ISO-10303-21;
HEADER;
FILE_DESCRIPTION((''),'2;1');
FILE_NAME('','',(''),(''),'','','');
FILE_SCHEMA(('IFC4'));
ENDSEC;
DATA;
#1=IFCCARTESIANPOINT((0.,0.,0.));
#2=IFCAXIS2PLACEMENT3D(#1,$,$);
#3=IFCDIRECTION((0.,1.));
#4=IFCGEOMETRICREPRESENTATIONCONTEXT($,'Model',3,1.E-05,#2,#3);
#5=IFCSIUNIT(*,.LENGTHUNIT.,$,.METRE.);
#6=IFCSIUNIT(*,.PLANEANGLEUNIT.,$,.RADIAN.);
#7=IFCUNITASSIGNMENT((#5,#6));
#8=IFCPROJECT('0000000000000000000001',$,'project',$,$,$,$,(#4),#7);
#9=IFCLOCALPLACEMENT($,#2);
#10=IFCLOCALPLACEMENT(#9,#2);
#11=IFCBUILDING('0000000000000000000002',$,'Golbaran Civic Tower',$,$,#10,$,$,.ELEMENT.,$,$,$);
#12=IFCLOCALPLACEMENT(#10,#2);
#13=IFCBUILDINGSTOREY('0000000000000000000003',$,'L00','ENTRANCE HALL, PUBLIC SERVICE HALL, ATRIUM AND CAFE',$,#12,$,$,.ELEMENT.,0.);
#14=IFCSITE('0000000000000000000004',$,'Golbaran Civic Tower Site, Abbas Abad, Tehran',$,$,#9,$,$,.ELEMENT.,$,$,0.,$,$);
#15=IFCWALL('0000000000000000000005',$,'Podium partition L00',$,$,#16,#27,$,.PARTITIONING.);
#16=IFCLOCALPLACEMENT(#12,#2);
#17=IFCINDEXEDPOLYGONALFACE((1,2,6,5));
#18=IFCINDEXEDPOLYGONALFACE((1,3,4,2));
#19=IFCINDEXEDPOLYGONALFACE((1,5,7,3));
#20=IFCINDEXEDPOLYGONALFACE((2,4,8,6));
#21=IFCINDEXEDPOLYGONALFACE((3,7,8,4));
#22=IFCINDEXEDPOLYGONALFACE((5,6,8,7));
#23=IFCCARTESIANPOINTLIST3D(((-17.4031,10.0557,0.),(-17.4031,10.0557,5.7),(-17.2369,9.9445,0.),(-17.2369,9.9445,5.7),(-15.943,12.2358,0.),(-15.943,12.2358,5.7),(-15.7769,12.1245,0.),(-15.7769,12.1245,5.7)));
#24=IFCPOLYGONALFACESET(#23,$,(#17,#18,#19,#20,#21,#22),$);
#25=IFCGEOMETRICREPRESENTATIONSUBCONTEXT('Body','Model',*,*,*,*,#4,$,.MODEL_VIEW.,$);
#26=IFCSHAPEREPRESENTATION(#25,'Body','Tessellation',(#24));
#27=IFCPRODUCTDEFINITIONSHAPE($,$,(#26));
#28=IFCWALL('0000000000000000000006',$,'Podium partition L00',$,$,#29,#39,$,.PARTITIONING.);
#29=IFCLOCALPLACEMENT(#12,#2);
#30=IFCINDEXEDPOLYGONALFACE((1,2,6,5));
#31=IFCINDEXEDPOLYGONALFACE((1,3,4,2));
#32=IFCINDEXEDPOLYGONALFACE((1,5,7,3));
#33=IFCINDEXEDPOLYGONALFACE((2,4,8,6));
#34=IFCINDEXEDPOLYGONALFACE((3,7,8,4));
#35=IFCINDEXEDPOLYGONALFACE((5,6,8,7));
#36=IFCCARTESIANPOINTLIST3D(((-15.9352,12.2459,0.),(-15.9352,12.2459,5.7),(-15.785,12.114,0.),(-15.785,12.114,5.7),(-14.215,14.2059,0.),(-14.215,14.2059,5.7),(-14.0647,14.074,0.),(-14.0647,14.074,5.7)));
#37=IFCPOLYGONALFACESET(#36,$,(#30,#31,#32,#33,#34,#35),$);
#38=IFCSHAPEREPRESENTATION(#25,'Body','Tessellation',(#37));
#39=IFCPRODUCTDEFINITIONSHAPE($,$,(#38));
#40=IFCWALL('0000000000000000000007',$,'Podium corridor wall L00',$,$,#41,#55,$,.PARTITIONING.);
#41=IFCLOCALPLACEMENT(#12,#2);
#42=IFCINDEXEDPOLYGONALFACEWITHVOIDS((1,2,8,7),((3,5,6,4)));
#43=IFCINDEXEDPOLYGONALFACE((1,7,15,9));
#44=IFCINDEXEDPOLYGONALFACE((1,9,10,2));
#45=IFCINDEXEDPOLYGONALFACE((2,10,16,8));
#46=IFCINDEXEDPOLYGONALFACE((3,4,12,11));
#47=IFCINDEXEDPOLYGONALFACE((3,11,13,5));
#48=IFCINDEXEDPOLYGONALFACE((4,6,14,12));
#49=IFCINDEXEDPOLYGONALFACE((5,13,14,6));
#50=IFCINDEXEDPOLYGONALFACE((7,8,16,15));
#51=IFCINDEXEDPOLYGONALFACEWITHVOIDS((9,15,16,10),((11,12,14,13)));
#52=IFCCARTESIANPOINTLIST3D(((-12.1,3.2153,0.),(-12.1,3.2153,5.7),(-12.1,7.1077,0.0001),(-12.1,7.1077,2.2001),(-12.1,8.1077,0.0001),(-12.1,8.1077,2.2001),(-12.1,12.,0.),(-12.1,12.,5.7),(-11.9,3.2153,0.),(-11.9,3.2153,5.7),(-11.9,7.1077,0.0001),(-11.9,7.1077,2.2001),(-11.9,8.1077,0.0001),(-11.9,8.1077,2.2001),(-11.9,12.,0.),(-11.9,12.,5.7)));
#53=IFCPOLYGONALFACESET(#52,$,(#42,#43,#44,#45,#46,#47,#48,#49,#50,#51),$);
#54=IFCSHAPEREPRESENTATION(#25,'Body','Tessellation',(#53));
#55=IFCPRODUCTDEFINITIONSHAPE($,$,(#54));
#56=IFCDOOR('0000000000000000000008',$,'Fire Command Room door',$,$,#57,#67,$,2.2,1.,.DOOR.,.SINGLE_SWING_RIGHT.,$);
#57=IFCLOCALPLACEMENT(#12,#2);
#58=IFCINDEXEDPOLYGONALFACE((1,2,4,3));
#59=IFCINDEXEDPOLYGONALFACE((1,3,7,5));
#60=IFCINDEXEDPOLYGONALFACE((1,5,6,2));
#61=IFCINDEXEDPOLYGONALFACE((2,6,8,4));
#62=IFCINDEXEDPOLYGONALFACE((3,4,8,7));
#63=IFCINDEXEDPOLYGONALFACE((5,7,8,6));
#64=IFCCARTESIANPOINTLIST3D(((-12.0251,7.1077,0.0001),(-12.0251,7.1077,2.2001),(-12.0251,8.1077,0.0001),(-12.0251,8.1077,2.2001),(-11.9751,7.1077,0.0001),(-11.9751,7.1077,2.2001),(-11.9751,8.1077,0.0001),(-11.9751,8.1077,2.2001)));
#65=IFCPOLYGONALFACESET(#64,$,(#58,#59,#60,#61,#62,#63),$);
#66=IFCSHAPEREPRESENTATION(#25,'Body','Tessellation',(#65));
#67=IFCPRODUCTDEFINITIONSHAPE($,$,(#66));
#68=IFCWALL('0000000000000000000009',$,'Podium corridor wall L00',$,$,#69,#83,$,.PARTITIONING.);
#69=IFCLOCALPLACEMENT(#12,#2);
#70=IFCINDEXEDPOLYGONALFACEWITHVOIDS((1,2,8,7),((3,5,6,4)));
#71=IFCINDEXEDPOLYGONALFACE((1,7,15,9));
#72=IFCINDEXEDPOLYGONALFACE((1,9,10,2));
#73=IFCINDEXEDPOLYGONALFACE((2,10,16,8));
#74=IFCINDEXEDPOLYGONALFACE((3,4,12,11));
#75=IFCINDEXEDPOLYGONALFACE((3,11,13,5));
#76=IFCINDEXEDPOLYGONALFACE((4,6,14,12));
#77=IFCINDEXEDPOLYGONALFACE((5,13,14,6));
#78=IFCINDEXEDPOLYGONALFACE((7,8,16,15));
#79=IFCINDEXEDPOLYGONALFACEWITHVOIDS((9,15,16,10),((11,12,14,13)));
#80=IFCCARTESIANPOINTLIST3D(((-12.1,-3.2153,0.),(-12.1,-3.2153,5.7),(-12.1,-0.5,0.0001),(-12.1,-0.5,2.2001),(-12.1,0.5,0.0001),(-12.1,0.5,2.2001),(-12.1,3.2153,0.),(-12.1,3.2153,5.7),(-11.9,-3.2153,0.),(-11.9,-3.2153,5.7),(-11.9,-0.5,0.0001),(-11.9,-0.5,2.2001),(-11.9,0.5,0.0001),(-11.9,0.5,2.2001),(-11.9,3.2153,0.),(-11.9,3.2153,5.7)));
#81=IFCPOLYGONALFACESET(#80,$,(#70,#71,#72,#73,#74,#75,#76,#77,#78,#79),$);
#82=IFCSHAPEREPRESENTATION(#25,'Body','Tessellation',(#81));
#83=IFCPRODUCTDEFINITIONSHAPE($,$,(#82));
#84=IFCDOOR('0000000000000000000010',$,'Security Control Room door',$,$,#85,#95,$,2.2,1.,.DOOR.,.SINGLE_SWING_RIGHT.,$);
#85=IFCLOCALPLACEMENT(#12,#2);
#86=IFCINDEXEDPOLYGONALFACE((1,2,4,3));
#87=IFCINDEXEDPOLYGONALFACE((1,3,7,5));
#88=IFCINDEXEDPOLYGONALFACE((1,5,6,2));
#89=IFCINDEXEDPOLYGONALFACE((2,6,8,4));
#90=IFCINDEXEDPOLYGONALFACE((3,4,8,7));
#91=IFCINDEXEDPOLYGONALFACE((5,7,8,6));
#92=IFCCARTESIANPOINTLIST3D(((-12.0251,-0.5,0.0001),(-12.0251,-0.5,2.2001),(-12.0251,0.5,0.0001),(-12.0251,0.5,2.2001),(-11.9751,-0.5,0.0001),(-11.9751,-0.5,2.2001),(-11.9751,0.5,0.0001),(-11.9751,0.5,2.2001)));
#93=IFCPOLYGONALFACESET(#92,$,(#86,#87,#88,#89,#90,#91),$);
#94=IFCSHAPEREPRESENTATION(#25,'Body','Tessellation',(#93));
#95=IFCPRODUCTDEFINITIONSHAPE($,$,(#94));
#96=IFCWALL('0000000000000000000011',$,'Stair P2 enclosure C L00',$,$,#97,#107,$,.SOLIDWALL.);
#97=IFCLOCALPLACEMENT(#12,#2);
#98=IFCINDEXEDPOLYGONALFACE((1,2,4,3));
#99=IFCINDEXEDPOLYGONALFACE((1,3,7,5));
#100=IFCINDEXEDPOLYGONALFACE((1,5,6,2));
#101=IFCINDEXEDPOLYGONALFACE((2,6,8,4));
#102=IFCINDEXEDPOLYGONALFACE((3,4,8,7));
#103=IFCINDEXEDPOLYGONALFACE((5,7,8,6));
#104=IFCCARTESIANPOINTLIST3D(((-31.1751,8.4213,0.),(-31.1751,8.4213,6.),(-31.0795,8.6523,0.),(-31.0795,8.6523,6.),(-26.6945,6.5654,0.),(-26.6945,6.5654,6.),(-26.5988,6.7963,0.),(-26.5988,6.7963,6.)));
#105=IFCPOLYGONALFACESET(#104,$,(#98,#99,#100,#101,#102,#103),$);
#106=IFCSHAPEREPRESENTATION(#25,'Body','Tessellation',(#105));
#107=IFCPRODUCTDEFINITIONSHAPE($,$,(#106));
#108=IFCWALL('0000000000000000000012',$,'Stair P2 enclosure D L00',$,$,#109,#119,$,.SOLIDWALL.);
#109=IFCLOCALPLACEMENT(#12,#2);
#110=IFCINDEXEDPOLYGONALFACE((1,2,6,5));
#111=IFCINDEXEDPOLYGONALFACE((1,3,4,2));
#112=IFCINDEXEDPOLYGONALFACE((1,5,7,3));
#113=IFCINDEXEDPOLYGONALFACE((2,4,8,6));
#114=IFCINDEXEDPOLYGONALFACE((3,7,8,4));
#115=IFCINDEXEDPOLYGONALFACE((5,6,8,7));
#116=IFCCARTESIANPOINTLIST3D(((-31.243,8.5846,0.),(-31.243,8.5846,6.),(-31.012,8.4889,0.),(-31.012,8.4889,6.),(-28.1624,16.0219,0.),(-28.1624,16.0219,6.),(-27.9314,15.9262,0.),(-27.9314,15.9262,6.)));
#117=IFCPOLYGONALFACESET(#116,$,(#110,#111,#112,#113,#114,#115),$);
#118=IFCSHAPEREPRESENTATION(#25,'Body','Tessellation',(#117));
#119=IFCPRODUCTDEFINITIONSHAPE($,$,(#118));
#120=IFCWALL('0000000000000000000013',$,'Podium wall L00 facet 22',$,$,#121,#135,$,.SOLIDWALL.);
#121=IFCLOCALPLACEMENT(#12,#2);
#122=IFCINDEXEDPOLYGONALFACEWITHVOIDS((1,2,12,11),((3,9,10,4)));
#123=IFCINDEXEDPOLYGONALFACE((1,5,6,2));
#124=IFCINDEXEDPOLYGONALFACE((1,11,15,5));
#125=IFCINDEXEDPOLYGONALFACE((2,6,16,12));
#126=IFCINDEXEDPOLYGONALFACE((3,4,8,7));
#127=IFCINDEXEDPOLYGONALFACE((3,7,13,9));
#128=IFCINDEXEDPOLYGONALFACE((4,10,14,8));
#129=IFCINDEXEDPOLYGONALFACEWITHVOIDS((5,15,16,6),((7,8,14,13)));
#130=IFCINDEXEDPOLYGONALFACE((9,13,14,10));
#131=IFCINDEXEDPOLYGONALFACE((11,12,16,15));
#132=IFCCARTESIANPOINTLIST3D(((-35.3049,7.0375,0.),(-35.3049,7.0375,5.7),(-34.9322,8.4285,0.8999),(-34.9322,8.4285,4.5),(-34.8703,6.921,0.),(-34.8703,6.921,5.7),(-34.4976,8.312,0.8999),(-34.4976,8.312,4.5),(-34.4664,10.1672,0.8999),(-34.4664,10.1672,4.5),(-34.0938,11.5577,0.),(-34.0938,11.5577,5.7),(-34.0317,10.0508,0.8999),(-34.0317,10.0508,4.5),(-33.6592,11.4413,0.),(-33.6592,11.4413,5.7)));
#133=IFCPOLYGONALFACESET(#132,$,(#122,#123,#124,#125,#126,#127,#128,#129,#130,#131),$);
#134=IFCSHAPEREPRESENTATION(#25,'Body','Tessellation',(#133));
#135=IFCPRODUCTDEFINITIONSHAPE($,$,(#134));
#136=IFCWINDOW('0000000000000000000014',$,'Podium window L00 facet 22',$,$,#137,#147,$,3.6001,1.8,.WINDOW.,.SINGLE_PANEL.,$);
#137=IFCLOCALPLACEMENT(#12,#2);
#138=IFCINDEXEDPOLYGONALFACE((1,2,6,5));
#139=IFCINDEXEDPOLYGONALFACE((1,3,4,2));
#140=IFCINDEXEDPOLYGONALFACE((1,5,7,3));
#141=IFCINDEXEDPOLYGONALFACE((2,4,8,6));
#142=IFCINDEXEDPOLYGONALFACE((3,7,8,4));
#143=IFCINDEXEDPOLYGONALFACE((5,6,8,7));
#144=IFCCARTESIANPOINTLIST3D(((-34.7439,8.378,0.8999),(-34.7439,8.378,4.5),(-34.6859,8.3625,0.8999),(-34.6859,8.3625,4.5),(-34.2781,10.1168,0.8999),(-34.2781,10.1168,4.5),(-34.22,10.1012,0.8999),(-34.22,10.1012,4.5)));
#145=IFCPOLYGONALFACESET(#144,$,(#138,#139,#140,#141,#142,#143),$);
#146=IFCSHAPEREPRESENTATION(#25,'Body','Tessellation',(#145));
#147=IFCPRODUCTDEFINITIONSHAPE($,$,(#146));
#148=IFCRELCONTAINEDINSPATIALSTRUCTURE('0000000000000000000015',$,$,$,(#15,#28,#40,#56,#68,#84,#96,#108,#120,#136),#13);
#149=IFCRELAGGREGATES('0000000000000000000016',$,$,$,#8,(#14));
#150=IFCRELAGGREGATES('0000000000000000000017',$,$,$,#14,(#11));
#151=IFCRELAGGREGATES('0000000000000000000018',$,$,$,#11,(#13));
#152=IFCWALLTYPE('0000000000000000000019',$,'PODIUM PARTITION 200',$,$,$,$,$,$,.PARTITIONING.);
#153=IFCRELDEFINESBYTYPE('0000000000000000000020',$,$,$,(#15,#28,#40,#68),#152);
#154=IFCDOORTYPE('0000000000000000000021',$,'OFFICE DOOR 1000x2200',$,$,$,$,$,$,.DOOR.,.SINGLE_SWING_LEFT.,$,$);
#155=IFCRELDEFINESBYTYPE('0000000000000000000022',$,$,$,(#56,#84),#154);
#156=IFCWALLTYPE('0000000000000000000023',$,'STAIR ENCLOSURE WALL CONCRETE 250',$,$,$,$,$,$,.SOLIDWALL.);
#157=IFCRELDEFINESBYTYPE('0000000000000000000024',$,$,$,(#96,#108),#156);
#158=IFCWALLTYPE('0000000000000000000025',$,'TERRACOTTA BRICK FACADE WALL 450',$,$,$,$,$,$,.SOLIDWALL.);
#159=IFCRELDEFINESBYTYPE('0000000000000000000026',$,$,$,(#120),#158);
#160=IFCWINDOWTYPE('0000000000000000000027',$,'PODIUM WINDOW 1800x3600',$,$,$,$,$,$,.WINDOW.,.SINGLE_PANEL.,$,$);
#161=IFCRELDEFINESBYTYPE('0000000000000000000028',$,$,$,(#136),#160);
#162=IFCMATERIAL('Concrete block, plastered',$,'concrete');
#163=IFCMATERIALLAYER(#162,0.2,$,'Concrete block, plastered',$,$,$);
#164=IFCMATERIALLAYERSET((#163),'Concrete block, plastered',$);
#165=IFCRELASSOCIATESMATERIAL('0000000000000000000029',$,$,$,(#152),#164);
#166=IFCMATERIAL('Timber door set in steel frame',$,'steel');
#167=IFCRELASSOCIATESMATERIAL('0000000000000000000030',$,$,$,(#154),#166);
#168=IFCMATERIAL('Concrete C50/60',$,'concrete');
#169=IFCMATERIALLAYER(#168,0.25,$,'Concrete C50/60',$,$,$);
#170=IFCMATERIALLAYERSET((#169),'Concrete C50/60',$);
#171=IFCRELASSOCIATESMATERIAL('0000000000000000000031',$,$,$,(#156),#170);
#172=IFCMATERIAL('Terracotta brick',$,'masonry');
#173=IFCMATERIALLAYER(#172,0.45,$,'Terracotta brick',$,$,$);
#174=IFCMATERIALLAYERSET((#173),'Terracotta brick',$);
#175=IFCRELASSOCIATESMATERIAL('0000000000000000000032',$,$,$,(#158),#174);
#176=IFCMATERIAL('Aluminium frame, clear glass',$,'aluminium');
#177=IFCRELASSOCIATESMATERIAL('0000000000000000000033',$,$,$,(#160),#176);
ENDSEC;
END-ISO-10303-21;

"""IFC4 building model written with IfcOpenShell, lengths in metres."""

from ifc_helpers import new_model, si_unit, direction, frame, frame_2d, origin, place, context, subcontext, project, spatial, rectangle, extrude, material, layer, layer_set, type_object, element, fill, save


model = new_model("IFC4")

# Units and contexts
model_context = context("Model", 3, precision=1e-05, world=origin(), true_north=direction((0.0, 1.0)))
body_context = subcontext(model_context, "Body", "Model", "MODEL_VIEW")
ifc_project = project(units=[si_unit("LENGTHUNIT", "METRE"), si_unit("PLANEANGLEUNIT", "RADIAN")], contexts=[model_context])

# Site, building, storey
site_placement = place(None, origin())
site = spatial("IfcSite", under=ifc_project, at=site_placement, Name="Golbaran Civic Tower Site, Abbas Abad, Tehran", CompositionType="ELEMENT", RefElevation=0.0)
building_placement = place(site_placement, origin())
building = spatial("IfcBuilding", under=site, at=building_placement, Name="Golbaran Civic Tower", CompositionType="ELEMENT")
storey_placement = place(building_placement, origin())
storey = spatial("IfcBuildingStorey", under=building, at=storey_placement, Name="L00", Description="ENTRANCE HALL, PUBLIC SERVICE HALL, ATRIUM AND CAFE", CompositionType="ELEMENT", Elevation=0.0)

# Shared definitions
ifc_material_1 = material(Name="Concrete C50/60", Category="concrete")

# Shared definitions
ifc_material_2 = material(Name="Timber door set in steel frame", Category="steel")

# Walls
ifc_material_3 = material(Name="Concrete block, plastered", Category="concrete")
ifc_layer_1 = layer(ifc_material_3, 0.2, Name="Concrete block, plastered")
ifc_layer_set_1 = layer_set([ifc_layer_1], Name="Concrete block, plastered")
wall_type_1 = type_object("IfcWallType", Name="PODIUM PARTITION 200", PredefinedType="PARTITIONING", material=ifc_layer_set_1)
wall_1_placement = place(storey_placement, frame((-17.3201, 10.0, 0.0), z_axis=(0.0, 0.0, 1.0), x_axis=(0.55646, 0.830875, 0.0)))
element("IfcWall", 1, at=wall_1_placement, inside=storey, type_object=wall_type_1, Name="Podium partition L00", PredefinedType="PARTITIONING", context=body_context, shape_type="SweptSolid", body=[
    extrude(rectangle(XDim=2.6238, YDim=0.2, at=frame_2d((1.312, 0.0))), origin(), (0.0, 0.0, 1.0), 5.7),
])
wall_2_placement = place(storey_placement, frame((-15.8601, 12.1799, 0.0), z_axis=(0.0, 0.0, 1.0), x_axis=(0.659644, 0.751578, 0.0)))
element("IfcWall", 2, at=wall_2_placement, inside=storey, type_object=wall_type_1, Name="Podium partition L00", PredefinedType="PARTITIONING", context=body_context, shape_type="SweptSolid", body=[
    extrude(rectangle(XDim=2.6079, YDim=0.2, at=frame_2d((1.304, 0.0))), origin(), (0.0, 0.0, 1.0), 5.7),
])

# Walls, openings, doors
wall_3_placement = place(storey_placement, frame((-12.0, 12.0, 0.0), z_axis=(0.0, 0.0, 1.0), x_axis=(0.0, -1.0, 0.0)))
wall_3 = element("IfcWall", 3, at=wall_3_placement, inside=storey, type_object=wall_type_1, Name="Podium corridor wall L00", PredefinedType="PARTITIONING", context=body_context, shape_type="SweptSolid", body=[
    extrude(rectangle(XDim=8.7847, YDim=0.2, at=frame_2d((4.3923, 0.0))), origin(), (0.0, 0.0, 1.0), 5.7),
])
opening_1_placement = place(wall_3_placement, frame((3.8923, 0.0, 0.0)))
opening_1 = element("IfcOpeningElement", 4, at=opening_1_placement, cuts=wall_3, PredefinedType="OPENING", context=body_context, shape_type="SweptSolid", body=[
    extrude(rectangle(XDim=1.0, YDim=2.2, at=frame_2d((0.5, 1.1001))), frame((0.0, 0.1099, 0.0), z_axis=(0.0, -1.0, 0.0), x_axis=(1.0, 0.0, 0.0)), (0.0, 0.0, 1.0), 0.22),
])
door_type_1 = type_object("IfcDoorType", Name="OFFICE DOOR 1000x2200", OperationType="SINGLE_SWING_LEFT", PredefinedType="DOOR", material=ifc_material_2)
door_1_placement = place(opening_1_placement, origin())
door_1 = element("IfcDoor", 5, at=door_1_placement, inside=storey, type_object=door_type_1, Name="Fire Command Room door", OperationType="SINGLE_SWING_RIGHT", OverallHeight=2.2, OverallWidth=1.0, PredefinedType="DOOR", context=body_context, shape_type="SweptSolid", body=[
    extrude(rectangle(XDim=1.0, YDim=2.2, at=frame_2d((0.5, 1.1001))), frame((0.0, 0.0249, 0.0), z_axis=(0.0, -1.0, 0.0), x_axis=(1.0, 0.0, 0.0)), (0.0, 0.0, 1.0), 0.05),
])
fill(opening_1, door_1)
wall_4_placement = place(storey_placement, frame((-12.0, 3.2153, 0.0), z_axis=(0.0, 0.0, 1.0), x_axis=(0.0, -1.0, 0.0)))
wall_4 = element("IfcWall", 6, at=wall_4_placement, inside=storey, type_object=wall_type_1, Name="Podium corridor wall L00", PredefinedType="PARTITIONING", context=body_context, shape_type="SweptSolid", body=[
    extrude(rectangle(XDim=6.4307, YDim=0.2, at=frame_2d((3.2153, 0.0))), origin(), (0.0, 0.0, 1.0), 5.7),
])
opening_2_placement = place(wall_4_placement, frame((2.7153, 0.0, 0.0)))
opening_2 = element("IfcOpeningElement", 7, at=opening_2_placement, cuts=wall_4, PredefinedType="OPENING", context=body_context, shape_type="SweptSolid", body=[
    extrude(rectangle(XDim=1.0, YDim=2.2, at=frame_2d((0.5, 1.1001))), frame((0.0, 0.1099, 0.0), z_axis=(0.0, -1.0, 0.0), x_axis=(1.0, 0.0, 0.0)), (0.0, 0.0, 1.0), 0.22),
])
door_2_placement = place(opening_2_placement, origin())
door_2 = element("IfcDoor", 8, at=door_2_placement, inside=storey, type_object=door_type_1, Name="Security Control Room door", OperationType="SINGLE_SWING_RIGHT", OverallHeight=2.2, OverallWidth=1.0, PredefinedType="DOOR", context=body_context, shape_type="SweptSolid", body=[
    extrude(rectangle(XDim=1.0, YDim=2.2, at=frame_2d((0.5, 1.1001))), frame((0.0, 0.0249, 0.0), z_axis=(0.0, -1.0, 0.0), x_axis=(1.0, 0.0, 0.0)), (0.0, 0.0, 1.0), 0.05),
])
fill(opening_2, door_2)

# Walls
ifc_layer_2 = layer(ifc_material_1, 0.25, Name="Concrete C50/60")
ifc_layer_set_2 = layer_set([ifc_layer_2], Name="Concrete C50/60")
wall_type_2 = type_object("IfcWallType", Name="STAIR ENCLOSURE WALL CONCRETE 250", PredefinedType="SOLIDWALL", material=ifc_layer_set_2)
wall_5_placement = place(storey_placement, frame((-26.6467, 6.6809, 0.0), z_axis=(0.0, 0.0, 1.0), x_axis=(-0.923881, 0.382681, 0.0)))
element("IfcWall", 9, at=wall_5_placement, inside=storey, type_object=wall_type_2, Name="Stair P2 enclosure C L00", PredefinedType="SOLIDWALL", context=body_context, shape_type="SweptSolid", body=[
    extrude(rectangle(XDim=4.8499, YDim=0.25, at=frame_2d((2.4248, 0.0))), origin(), (0.0, 0.0, 1.0), 6.0),
])
wall_6_placement = place(storey_placement, frame((-31.1274, 8.5369, 0.0), z_axis=(0.0, 0.0, 1.0), x_axis=(0.382679, 0.923882, 0.0)))
element("IfcWall", 10, at=wall_6_placement, inside=storey, type_object=wall_type_2, Name="Stair P2 enclosure D L00", PredefinedType="SOLIDWALL", context=body_context, shape_type="SweptSolid", body=[
    extrude(rectangle(XDim=8.05, YDim=0.25, at=frame_2d((4.0249, 0.0))), origin(), (0.0, 0.0, 1.0), 6.0),
])

# Wall, opening, window
ifc_material_4 = material(Name="Terracotta brick", Category="masonry")
ifc_layer_3 = layer(ifc_material_4, 0.45, Name="Terracotta brick")
ifc_layer_set_3 = layer_set([ifc_layer_3], Name="Terracotta brick")
wall_type_3 = type_object("IfcWallType", Name="TERRACOTTA BRICK FACADE WALL 450", PredefinedType="SOLIDWALL", material=ifc_layer_set_3)
wall_7_placement = place(storey_placement, frame((-33.8765, 11.4995, 0.0), z_axis=(0.0, 0.0, 1.0), x_axis=(-0.258815, -0.965927, 0.0)))
wall_7 = element("IfcWall", 11, at=wall_7_placement, inside=storey, type_object=wall_type_3, Name="Podium wall L00 facet 22", PredefinedType="SOLIDWALL", context=body_context, shape_type="SweptSolid", body=[
    extrude(rectangle(XDim=4.6797, YDim=0.45, at=frame_2d((2.3398, 0.0))), origin(), (0.0, 0.0, 1.0), 5.7),
])
opening_3_placement = place(wall_7_placement, frame((1.4397, 0.0, 0.8999)))
opening_3 = element("IfcOpeningElement", 12, at=opening_3_placement, cuts=wall_7, PredefinedType="OPENING", context=body_context, shape_type="SweptSolid", body=[
    extrude(rectangle(XDim=1.8, YDim=3.6001, at=frame_2d((0.8999, 1.8))), frame((0.0, 0.2349, 0.0), z_axis=(0.0, -1.0, 0.0), x_axis=(1.0, 0.0, 0.0)), (0.0, 0.0, 1.0), 0.47),
])
ifc_material_5 = material(Name="Aluminium frame, clear glass", Category="aluminium")
window_type = type_object("IfcWindowType", Name="PODIUM WINDOW 1800x3600", PartitioningType="SINGLE_PANEL", PredefinedType="WINDOW", material=ifc_material_5)
window_1_placement = place(opening_3_placement, origin())
window_1 = element("IfcWindow", 13, at=window_1_placement, inside=storey, type_object=window_type, Name="Podium window L00 facet 22", OverallHeight=3.6001, OverallWidth=1.8, PartitioningType="SINGLE_PANEL", PredefinedType="WINDOW", context=body_context, shape_type="SweptSolid", body=[
    extrude(rectangle(XDim=1.8, YDim=3.6001, at=frame_2d((0.8999, 1.8))), frame((0.0, 0.03, 0.0), z_axis=(0.0, -1.0, 0.0), x_axis=(1.0, 0.0, 0.0)), (0.0, 0.0, 1.0), 0.0601),
])
fill(opening_3, window_1)

save(model, "model.ifc")
